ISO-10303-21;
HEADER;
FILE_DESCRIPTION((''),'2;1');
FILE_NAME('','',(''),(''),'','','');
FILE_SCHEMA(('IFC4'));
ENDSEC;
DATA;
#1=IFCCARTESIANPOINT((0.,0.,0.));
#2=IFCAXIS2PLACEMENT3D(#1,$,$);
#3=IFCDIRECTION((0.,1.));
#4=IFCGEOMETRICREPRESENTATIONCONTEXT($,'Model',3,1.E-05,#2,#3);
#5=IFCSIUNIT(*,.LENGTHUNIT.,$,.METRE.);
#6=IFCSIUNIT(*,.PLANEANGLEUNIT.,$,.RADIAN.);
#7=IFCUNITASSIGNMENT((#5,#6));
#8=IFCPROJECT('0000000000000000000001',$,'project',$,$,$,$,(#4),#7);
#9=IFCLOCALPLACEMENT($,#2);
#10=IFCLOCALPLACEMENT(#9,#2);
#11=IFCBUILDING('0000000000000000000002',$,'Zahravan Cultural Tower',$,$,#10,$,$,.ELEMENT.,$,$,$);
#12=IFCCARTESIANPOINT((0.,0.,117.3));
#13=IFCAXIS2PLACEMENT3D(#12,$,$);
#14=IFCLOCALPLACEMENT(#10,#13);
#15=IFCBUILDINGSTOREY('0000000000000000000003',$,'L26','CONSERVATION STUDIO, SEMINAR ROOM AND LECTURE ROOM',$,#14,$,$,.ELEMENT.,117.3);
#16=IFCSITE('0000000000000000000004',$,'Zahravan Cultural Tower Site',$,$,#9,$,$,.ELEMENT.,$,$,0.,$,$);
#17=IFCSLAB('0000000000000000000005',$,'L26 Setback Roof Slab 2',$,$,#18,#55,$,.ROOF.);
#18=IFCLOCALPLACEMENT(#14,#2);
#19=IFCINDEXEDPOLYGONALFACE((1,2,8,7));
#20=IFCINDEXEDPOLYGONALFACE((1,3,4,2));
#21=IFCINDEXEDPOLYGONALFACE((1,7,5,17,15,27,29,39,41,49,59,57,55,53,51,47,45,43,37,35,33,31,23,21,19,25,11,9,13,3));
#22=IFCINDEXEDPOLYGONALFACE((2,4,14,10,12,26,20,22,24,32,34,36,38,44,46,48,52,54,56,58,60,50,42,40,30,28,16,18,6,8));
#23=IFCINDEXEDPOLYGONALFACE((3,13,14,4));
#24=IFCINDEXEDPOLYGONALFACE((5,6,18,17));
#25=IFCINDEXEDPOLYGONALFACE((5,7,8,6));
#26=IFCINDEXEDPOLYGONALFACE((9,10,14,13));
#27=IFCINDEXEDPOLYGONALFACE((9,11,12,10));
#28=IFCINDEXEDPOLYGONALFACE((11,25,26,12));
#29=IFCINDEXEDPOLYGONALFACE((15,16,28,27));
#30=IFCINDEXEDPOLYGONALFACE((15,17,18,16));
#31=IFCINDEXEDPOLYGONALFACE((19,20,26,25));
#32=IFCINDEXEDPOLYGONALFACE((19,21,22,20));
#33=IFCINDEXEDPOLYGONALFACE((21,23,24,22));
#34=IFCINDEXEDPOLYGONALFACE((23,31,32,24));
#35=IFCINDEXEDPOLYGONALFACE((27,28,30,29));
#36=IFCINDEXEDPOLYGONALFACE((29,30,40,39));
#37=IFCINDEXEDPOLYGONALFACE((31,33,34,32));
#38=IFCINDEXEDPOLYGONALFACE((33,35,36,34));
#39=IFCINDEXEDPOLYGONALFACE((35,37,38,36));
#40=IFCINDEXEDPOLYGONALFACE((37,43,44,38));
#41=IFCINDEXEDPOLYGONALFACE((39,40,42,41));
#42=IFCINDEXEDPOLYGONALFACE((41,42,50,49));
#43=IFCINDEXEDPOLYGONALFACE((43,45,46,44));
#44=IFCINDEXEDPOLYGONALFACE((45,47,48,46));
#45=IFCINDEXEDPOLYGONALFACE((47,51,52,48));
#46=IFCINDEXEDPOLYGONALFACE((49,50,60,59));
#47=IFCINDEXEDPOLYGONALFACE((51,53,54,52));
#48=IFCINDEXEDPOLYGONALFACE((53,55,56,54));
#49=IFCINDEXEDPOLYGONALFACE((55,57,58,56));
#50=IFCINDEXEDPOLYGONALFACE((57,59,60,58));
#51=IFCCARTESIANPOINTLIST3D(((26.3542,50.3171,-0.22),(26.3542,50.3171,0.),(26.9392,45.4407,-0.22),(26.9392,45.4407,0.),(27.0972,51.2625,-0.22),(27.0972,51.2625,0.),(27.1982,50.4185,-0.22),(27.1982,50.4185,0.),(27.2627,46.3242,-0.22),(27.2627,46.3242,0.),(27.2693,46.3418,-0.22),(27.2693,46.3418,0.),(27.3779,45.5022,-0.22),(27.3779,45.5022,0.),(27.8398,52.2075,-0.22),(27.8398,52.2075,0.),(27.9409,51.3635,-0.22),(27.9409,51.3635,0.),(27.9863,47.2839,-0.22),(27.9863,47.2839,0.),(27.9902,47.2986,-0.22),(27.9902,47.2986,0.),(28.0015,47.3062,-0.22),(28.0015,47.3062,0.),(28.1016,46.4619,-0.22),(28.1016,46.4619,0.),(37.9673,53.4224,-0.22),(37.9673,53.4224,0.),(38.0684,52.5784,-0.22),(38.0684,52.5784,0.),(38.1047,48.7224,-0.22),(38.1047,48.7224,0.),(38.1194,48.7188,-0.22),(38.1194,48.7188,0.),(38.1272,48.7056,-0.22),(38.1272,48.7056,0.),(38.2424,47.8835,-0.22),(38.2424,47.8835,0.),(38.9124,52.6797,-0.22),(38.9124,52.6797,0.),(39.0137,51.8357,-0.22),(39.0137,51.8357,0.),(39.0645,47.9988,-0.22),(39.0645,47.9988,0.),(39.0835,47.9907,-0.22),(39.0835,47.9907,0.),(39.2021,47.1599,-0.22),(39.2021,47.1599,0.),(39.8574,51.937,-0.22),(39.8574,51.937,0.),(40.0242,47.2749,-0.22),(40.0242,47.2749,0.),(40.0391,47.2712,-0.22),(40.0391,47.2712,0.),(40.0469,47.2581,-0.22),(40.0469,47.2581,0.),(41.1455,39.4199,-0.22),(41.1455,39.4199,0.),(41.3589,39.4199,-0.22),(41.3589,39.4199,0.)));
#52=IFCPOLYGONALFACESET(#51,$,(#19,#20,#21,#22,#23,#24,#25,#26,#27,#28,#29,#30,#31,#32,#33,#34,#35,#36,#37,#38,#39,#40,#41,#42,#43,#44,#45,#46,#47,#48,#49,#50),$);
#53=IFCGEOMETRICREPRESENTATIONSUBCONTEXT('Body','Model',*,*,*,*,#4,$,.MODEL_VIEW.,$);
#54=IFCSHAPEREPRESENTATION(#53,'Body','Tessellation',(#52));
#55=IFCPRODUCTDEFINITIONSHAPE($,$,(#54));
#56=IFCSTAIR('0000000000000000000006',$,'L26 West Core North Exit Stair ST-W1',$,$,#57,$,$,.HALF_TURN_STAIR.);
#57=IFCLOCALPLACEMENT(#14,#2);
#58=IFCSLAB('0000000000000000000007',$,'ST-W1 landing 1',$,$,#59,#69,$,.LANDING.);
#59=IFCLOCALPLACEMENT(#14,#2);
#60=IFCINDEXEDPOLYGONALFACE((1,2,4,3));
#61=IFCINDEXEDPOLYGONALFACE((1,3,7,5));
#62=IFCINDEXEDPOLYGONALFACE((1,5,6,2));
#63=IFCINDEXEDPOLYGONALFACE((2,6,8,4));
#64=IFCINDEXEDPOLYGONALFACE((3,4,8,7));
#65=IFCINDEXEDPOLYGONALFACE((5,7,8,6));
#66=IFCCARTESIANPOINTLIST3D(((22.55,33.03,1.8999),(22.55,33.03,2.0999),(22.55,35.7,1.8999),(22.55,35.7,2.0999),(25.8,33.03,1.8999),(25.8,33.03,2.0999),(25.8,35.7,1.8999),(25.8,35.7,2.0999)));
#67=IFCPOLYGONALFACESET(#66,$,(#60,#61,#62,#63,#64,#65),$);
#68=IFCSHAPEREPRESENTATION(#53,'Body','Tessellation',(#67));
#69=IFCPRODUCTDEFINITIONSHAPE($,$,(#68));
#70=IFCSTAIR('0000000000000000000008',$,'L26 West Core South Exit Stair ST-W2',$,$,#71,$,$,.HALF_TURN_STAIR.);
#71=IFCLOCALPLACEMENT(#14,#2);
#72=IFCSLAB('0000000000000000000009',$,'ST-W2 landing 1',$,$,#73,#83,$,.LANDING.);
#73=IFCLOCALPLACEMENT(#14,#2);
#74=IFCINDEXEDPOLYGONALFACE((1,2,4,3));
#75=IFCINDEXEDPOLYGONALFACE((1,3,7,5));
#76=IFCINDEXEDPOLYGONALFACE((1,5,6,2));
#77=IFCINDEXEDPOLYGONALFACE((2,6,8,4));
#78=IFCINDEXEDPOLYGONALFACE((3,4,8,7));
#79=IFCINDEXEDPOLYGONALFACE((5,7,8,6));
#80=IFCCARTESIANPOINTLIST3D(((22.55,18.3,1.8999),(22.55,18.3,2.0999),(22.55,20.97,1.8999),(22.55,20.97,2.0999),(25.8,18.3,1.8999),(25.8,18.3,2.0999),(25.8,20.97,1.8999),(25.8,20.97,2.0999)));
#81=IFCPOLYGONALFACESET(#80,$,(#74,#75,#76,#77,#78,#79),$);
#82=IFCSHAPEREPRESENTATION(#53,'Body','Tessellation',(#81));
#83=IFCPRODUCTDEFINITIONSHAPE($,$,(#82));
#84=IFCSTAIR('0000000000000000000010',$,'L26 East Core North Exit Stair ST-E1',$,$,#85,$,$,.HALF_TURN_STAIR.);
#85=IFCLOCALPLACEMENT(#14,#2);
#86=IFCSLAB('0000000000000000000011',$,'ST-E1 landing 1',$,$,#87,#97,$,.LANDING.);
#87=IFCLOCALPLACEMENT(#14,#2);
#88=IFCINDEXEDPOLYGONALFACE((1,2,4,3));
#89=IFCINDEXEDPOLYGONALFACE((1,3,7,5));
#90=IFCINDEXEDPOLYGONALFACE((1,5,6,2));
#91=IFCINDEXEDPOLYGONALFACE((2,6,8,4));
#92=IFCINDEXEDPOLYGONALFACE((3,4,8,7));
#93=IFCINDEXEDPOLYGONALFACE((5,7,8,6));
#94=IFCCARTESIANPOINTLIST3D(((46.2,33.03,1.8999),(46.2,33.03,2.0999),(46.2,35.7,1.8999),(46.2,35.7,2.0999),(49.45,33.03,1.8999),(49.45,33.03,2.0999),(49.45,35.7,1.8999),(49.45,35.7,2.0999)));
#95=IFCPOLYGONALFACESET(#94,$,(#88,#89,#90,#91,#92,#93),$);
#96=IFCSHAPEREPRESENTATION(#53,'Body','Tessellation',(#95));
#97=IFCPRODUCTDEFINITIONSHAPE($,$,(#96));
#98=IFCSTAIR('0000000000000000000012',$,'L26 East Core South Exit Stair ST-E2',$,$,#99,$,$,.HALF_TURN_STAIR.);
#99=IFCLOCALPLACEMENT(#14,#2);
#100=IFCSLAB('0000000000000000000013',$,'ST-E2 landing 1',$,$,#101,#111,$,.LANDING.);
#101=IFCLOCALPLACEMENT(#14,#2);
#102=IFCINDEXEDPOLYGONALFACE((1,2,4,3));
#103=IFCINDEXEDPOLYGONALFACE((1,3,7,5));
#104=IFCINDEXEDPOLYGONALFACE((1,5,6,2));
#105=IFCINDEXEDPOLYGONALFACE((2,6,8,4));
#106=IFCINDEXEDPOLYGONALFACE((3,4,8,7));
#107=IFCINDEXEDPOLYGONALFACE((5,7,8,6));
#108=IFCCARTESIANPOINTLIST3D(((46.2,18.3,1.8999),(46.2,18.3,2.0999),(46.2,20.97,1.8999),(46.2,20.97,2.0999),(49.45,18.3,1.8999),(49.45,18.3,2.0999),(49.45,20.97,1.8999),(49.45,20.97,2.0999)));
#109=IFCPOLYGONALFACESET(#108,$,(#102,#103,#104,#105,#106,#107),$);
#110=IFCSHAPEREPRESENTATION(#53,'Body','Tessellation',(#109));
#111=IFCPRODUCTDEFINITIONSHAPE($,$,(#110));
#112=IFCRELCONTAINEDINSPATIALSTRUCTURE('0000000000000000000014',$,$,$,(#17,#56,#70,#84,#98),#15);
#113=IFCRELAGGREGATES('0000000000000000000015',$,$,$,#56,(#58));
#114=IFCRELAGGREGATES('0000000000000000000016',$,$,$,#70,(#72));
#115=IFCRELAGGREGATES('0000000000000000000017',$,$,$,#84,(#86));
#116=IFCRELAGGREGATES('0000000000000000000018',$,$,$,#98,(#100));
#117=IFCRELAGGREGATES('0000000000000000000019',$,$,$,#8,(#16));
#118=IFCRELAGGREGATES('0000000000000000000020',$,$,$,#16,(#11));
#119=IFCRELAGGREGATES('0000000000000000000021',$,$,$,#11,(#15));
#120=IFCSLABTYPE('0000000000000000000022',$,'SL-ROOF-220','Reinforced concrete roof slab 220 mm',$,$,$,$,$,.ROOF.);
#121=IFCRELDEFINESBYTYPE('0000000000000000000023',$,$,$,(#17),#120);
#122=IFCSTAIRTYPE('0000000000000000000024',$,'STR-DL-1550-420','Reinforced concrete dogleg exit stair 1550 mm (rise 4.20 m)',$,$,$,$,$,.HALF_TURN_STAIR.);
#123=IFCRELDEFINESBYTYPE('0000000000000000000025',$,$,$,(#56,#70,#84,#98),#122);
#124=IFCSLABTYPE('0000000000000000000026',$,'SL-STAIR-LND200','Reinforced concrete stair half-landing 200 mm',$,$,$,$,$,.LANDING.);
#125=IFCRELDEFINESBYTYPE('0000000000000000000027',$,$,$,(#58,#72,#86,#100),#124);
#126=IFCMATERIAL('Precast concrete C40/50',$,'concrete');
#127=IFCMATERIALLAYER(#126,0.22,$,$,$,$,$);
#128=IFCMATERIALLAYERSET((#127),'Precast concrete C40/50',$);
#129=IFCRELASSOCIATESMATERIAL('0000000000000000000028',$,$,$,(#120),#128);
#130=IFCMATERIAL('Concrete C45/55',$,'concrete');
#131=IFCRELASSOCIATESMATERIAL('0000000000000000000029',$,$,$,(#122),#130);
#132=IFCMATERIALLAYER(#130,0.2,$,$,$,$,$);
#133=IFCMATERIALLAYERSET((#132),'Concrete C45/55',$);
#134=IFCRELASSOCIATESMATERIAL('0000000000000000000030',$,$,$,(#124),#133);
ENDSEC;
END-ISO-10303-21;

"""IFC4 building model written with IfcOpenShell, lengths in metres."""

from ifc_helpers import new_model, si_unit, direction, frame, origin, place, context, subcontext, project, spatial, polyline, outline, extrude, material, layer, layer_set, type_object, element, aggregate, save


model = new_model("IFC4")

# Units and contexts
model_context = context("Model", 3, precision=1e-05, world=origin(), true_north=direction((0.0, 1.0)))
body_context = subcontext(model_context, "Body", "Model", "MODEL_VIEW")
ifc_project = project(units=[si_unit("LENGTHUNIT", "METRE"), si_unit("PLANEANGLEUNIT", "RADIAN")], contexts=[model_context])

# Site, building, storey
site_placement = place(None, origin())
site = spatial("IfcSite", under=ifc_project, at=site_placement, Name="Zahravan Cultural Tower Site", CompositionType="ELEMENT", RefElevation=0.0)
building_placement = place(site_placement, origin())
building = spatial("IfcBuilding", under=site, at=building_placement, Name="Zahravan Cultural Tower", CompositionType="ELEMENT")
storey_placement = place(building_placement, frame((0.0, 0.0, 117.3)))
storey = spatial("IfcBuildingStorey", under=building, at=storey_placement, Name="L26", Description="CONSERVATION STUDIO, SEMINAR ROOM AND LECTURE ROOM", CompositionType="ELEMENT", Elevation=117.3)

# Slab
ifc_material_1 = material(Name="Precast concrete C40/50", Category="concrete")
ifc_layer_1 = layer(ifc_material_1, 0.22)
ifc_layer_set_1 = layer_set([ifc_layer_1], Name="Precast concrete C40/50")
slab_type_1 = type_object("IfcSlabType", Name="SL-ROOF-220", Description="Reinforced concrete roof slab 220 mm", PredefinedType="ROOF", material=ifc_layer_set_1)
slab_1_placement = place(storey_placement, frame((0.0, 0.0, -0.22)))
element("IfcSlab", 1, at=slab_1_placement, inside=storey, type_object=slab_type_1, Name="L26 Setback Roof Slab 2", PredefinedType="ROOF", context=body_context, shape_type="SweptSolid", body=[
    extrude(outline(polyline([(27.1982, 50.4185), (26.3542, 50.3171), (26.9392, 45.4407), (27.3779, 45.5022), (27.2627, 46.3242), (27.2693, 46.3418), (28.1016, 46.4619), (27.9863, 47.2839), (27.9902, 47.2986), (28.0015, 47.3062), (38.1047, 48.7224), (38.1194, 48.7188), (38.1272, 48.7056), (38.2424, 47.8835), (39.0645, 47.9988), (39.0835, 47.9907), (39.2021, 47.1599), (40.0242, 47.2749), (40.0391, 47.2712), (40.0469, 47.2581), (41.1455, 39.4199), (41.3589, 39.4199), (39.8574, 51.937), (39.0137, 51.8357), (38.9124, 52.6797), (38.0684, 52.5784), (37.9673, 53.4224), (27.8398, 52.2075), (27.9409, 51.3635), (27.0972, 51.2625), (27.1982, 50.4185)])), origin(), (0.0, 0.0, 1.0), 0.22),
])

# Stairs, slabs
ifc_material_2 = material(Name="Concrete C45/55", Category="concrete")
stair_type = type_object("IfcStairType", Name="STR-DL-1550-420", Description="Reinforced concrete dogleg exit stair 1550 mm (rise 4.20 m)", PredefinedType="HALF_TURN_STAIR", material=ifc_material_2)
stair_1_placement = place(storey_placement, origin())
stair_1 = element("IfcStair", 2, at=stair_1_placement, inside=storey, type_object=stair_type, Name="L26 West Core North Exit Stair ST-W1", PredefinedType="HALF_TURN_STAIR")
ifc_layer_2 = layer(ifc_material_2, 0.2)
ifc_layer_set_2 = layer_set([ifc_layer_2], Name="Concrete C45/55")
slab_type_2 = type_object("IfcSlabType", Name="SL-STAIR-LND200", Description="Reinforced concrete stair half-landing 200 mm", PredefinedType="LANDING", material=ifc_layer_set_2)
slab_2_placement = place(storey_placement, frame((0.0, 0.0, 1.8999)))
slab_2 = element("IfcSlab", 3, at=slab_2_placement, type_object=slab_type_2, Name="ST-W1 landing 1", PredefinedType="LANDING", context=body_context, shape_type="SweptSolid", body=[
    extrude(outline(polyline([(25.8, 33.03), (25.8, 35.7), (22.55, 35.7), (22.55, 33.03), (25.8, 33.03)])), origin(), (0.0, 0.0, 1.0), 0.2),
])
aggregate(stair_1, [slab_2])
stair_2_placement = place(storey_placement, origin())
stair_2 = element("IfcStair", 4, at=stair_2_placement, inside=storey, type_object=stair_type, Name="L26 West Core South Exit Stair ST-W2", PredefinedType="HALF_TURN_STAIR")
slab_3_placement = place(storey_placement, frame((0.0, 0.0, 1.8999)))
slab_3 = element("IfcSlab", 5, at=slab_3_placement, type_object=slab_type_2, Name="ST-W2 landing 1", PredefinedType="LANDING", context=body_context, shape_type="SweptSolid", body=[
    extrude(outline(polyline([(22.55, 20.97), (22.55, 18.3), (25.8, 18.3), (25.8, 20.97), (22.55, 20.97)])), origin(), (0.0, 0.0, 1.0), 0.2),
])
aggregate(stair_2, [slab_3])
stair_3_placement = place(storey_placement, origin())
stair_3 = element("IfcStair", 6, at=stair_3_placement, inside=storey, type_object=stair_type, Name="L26 East Core North Exit Stair ST-E1", PredefinedType="HALF_TURN_STAIR")
slab_4_placement = place(storey_placement, frame((0.0, 0.0, 1.8999)))
slab_4 = element("IfcSlab", 7, at=slab_4_placement, type_object=slab_type_2, Name="ST-E1 landing 1", PredefinedType="LANDING", context=body_context, shape_type="SweptSolid", body=[
    extrude(outline(polyline([(49.45, 33.03), (49.45, 35.7), (46.2, 35.7), (46.2, 33.03), (49.45, 33.03)])), origin(), (0.0, 0.0, 1.0), 0.2),
])
aggregate(stair_3, [slab_4])
stair_4_placement = place(storey_placement, origin())
stair_4 = element("IfcStair", 8, at=stair_4_placement, inside=storey, type_object=stair_type, Name="L26 East Core South Exit Stair ST-E2", PredefinedType="HALF_TURN_STAIR")
slab_5_placement = place(storey_placement, frame((0.0, 0.0, 1.8999)))
slab_5 = element("IfcSlab", 9, at=slab_5_placement, type_object=slab_type_2, Name="ST-E2 landing 1", PredefinedType="LANDING", context=body_context, shape_type="SweptSolid", body=[
    extrude(outline(polyline([(46.2, 20.97), (46.2, 18.3), (49.45, 18.3), (49.45, 20.97), (46.2, 20.97)])), origin(), (0.0, 0.0, 1.0), 0.2),
])
aggregate(stair_4, [slab_5])

save(model, "model.ifc")
